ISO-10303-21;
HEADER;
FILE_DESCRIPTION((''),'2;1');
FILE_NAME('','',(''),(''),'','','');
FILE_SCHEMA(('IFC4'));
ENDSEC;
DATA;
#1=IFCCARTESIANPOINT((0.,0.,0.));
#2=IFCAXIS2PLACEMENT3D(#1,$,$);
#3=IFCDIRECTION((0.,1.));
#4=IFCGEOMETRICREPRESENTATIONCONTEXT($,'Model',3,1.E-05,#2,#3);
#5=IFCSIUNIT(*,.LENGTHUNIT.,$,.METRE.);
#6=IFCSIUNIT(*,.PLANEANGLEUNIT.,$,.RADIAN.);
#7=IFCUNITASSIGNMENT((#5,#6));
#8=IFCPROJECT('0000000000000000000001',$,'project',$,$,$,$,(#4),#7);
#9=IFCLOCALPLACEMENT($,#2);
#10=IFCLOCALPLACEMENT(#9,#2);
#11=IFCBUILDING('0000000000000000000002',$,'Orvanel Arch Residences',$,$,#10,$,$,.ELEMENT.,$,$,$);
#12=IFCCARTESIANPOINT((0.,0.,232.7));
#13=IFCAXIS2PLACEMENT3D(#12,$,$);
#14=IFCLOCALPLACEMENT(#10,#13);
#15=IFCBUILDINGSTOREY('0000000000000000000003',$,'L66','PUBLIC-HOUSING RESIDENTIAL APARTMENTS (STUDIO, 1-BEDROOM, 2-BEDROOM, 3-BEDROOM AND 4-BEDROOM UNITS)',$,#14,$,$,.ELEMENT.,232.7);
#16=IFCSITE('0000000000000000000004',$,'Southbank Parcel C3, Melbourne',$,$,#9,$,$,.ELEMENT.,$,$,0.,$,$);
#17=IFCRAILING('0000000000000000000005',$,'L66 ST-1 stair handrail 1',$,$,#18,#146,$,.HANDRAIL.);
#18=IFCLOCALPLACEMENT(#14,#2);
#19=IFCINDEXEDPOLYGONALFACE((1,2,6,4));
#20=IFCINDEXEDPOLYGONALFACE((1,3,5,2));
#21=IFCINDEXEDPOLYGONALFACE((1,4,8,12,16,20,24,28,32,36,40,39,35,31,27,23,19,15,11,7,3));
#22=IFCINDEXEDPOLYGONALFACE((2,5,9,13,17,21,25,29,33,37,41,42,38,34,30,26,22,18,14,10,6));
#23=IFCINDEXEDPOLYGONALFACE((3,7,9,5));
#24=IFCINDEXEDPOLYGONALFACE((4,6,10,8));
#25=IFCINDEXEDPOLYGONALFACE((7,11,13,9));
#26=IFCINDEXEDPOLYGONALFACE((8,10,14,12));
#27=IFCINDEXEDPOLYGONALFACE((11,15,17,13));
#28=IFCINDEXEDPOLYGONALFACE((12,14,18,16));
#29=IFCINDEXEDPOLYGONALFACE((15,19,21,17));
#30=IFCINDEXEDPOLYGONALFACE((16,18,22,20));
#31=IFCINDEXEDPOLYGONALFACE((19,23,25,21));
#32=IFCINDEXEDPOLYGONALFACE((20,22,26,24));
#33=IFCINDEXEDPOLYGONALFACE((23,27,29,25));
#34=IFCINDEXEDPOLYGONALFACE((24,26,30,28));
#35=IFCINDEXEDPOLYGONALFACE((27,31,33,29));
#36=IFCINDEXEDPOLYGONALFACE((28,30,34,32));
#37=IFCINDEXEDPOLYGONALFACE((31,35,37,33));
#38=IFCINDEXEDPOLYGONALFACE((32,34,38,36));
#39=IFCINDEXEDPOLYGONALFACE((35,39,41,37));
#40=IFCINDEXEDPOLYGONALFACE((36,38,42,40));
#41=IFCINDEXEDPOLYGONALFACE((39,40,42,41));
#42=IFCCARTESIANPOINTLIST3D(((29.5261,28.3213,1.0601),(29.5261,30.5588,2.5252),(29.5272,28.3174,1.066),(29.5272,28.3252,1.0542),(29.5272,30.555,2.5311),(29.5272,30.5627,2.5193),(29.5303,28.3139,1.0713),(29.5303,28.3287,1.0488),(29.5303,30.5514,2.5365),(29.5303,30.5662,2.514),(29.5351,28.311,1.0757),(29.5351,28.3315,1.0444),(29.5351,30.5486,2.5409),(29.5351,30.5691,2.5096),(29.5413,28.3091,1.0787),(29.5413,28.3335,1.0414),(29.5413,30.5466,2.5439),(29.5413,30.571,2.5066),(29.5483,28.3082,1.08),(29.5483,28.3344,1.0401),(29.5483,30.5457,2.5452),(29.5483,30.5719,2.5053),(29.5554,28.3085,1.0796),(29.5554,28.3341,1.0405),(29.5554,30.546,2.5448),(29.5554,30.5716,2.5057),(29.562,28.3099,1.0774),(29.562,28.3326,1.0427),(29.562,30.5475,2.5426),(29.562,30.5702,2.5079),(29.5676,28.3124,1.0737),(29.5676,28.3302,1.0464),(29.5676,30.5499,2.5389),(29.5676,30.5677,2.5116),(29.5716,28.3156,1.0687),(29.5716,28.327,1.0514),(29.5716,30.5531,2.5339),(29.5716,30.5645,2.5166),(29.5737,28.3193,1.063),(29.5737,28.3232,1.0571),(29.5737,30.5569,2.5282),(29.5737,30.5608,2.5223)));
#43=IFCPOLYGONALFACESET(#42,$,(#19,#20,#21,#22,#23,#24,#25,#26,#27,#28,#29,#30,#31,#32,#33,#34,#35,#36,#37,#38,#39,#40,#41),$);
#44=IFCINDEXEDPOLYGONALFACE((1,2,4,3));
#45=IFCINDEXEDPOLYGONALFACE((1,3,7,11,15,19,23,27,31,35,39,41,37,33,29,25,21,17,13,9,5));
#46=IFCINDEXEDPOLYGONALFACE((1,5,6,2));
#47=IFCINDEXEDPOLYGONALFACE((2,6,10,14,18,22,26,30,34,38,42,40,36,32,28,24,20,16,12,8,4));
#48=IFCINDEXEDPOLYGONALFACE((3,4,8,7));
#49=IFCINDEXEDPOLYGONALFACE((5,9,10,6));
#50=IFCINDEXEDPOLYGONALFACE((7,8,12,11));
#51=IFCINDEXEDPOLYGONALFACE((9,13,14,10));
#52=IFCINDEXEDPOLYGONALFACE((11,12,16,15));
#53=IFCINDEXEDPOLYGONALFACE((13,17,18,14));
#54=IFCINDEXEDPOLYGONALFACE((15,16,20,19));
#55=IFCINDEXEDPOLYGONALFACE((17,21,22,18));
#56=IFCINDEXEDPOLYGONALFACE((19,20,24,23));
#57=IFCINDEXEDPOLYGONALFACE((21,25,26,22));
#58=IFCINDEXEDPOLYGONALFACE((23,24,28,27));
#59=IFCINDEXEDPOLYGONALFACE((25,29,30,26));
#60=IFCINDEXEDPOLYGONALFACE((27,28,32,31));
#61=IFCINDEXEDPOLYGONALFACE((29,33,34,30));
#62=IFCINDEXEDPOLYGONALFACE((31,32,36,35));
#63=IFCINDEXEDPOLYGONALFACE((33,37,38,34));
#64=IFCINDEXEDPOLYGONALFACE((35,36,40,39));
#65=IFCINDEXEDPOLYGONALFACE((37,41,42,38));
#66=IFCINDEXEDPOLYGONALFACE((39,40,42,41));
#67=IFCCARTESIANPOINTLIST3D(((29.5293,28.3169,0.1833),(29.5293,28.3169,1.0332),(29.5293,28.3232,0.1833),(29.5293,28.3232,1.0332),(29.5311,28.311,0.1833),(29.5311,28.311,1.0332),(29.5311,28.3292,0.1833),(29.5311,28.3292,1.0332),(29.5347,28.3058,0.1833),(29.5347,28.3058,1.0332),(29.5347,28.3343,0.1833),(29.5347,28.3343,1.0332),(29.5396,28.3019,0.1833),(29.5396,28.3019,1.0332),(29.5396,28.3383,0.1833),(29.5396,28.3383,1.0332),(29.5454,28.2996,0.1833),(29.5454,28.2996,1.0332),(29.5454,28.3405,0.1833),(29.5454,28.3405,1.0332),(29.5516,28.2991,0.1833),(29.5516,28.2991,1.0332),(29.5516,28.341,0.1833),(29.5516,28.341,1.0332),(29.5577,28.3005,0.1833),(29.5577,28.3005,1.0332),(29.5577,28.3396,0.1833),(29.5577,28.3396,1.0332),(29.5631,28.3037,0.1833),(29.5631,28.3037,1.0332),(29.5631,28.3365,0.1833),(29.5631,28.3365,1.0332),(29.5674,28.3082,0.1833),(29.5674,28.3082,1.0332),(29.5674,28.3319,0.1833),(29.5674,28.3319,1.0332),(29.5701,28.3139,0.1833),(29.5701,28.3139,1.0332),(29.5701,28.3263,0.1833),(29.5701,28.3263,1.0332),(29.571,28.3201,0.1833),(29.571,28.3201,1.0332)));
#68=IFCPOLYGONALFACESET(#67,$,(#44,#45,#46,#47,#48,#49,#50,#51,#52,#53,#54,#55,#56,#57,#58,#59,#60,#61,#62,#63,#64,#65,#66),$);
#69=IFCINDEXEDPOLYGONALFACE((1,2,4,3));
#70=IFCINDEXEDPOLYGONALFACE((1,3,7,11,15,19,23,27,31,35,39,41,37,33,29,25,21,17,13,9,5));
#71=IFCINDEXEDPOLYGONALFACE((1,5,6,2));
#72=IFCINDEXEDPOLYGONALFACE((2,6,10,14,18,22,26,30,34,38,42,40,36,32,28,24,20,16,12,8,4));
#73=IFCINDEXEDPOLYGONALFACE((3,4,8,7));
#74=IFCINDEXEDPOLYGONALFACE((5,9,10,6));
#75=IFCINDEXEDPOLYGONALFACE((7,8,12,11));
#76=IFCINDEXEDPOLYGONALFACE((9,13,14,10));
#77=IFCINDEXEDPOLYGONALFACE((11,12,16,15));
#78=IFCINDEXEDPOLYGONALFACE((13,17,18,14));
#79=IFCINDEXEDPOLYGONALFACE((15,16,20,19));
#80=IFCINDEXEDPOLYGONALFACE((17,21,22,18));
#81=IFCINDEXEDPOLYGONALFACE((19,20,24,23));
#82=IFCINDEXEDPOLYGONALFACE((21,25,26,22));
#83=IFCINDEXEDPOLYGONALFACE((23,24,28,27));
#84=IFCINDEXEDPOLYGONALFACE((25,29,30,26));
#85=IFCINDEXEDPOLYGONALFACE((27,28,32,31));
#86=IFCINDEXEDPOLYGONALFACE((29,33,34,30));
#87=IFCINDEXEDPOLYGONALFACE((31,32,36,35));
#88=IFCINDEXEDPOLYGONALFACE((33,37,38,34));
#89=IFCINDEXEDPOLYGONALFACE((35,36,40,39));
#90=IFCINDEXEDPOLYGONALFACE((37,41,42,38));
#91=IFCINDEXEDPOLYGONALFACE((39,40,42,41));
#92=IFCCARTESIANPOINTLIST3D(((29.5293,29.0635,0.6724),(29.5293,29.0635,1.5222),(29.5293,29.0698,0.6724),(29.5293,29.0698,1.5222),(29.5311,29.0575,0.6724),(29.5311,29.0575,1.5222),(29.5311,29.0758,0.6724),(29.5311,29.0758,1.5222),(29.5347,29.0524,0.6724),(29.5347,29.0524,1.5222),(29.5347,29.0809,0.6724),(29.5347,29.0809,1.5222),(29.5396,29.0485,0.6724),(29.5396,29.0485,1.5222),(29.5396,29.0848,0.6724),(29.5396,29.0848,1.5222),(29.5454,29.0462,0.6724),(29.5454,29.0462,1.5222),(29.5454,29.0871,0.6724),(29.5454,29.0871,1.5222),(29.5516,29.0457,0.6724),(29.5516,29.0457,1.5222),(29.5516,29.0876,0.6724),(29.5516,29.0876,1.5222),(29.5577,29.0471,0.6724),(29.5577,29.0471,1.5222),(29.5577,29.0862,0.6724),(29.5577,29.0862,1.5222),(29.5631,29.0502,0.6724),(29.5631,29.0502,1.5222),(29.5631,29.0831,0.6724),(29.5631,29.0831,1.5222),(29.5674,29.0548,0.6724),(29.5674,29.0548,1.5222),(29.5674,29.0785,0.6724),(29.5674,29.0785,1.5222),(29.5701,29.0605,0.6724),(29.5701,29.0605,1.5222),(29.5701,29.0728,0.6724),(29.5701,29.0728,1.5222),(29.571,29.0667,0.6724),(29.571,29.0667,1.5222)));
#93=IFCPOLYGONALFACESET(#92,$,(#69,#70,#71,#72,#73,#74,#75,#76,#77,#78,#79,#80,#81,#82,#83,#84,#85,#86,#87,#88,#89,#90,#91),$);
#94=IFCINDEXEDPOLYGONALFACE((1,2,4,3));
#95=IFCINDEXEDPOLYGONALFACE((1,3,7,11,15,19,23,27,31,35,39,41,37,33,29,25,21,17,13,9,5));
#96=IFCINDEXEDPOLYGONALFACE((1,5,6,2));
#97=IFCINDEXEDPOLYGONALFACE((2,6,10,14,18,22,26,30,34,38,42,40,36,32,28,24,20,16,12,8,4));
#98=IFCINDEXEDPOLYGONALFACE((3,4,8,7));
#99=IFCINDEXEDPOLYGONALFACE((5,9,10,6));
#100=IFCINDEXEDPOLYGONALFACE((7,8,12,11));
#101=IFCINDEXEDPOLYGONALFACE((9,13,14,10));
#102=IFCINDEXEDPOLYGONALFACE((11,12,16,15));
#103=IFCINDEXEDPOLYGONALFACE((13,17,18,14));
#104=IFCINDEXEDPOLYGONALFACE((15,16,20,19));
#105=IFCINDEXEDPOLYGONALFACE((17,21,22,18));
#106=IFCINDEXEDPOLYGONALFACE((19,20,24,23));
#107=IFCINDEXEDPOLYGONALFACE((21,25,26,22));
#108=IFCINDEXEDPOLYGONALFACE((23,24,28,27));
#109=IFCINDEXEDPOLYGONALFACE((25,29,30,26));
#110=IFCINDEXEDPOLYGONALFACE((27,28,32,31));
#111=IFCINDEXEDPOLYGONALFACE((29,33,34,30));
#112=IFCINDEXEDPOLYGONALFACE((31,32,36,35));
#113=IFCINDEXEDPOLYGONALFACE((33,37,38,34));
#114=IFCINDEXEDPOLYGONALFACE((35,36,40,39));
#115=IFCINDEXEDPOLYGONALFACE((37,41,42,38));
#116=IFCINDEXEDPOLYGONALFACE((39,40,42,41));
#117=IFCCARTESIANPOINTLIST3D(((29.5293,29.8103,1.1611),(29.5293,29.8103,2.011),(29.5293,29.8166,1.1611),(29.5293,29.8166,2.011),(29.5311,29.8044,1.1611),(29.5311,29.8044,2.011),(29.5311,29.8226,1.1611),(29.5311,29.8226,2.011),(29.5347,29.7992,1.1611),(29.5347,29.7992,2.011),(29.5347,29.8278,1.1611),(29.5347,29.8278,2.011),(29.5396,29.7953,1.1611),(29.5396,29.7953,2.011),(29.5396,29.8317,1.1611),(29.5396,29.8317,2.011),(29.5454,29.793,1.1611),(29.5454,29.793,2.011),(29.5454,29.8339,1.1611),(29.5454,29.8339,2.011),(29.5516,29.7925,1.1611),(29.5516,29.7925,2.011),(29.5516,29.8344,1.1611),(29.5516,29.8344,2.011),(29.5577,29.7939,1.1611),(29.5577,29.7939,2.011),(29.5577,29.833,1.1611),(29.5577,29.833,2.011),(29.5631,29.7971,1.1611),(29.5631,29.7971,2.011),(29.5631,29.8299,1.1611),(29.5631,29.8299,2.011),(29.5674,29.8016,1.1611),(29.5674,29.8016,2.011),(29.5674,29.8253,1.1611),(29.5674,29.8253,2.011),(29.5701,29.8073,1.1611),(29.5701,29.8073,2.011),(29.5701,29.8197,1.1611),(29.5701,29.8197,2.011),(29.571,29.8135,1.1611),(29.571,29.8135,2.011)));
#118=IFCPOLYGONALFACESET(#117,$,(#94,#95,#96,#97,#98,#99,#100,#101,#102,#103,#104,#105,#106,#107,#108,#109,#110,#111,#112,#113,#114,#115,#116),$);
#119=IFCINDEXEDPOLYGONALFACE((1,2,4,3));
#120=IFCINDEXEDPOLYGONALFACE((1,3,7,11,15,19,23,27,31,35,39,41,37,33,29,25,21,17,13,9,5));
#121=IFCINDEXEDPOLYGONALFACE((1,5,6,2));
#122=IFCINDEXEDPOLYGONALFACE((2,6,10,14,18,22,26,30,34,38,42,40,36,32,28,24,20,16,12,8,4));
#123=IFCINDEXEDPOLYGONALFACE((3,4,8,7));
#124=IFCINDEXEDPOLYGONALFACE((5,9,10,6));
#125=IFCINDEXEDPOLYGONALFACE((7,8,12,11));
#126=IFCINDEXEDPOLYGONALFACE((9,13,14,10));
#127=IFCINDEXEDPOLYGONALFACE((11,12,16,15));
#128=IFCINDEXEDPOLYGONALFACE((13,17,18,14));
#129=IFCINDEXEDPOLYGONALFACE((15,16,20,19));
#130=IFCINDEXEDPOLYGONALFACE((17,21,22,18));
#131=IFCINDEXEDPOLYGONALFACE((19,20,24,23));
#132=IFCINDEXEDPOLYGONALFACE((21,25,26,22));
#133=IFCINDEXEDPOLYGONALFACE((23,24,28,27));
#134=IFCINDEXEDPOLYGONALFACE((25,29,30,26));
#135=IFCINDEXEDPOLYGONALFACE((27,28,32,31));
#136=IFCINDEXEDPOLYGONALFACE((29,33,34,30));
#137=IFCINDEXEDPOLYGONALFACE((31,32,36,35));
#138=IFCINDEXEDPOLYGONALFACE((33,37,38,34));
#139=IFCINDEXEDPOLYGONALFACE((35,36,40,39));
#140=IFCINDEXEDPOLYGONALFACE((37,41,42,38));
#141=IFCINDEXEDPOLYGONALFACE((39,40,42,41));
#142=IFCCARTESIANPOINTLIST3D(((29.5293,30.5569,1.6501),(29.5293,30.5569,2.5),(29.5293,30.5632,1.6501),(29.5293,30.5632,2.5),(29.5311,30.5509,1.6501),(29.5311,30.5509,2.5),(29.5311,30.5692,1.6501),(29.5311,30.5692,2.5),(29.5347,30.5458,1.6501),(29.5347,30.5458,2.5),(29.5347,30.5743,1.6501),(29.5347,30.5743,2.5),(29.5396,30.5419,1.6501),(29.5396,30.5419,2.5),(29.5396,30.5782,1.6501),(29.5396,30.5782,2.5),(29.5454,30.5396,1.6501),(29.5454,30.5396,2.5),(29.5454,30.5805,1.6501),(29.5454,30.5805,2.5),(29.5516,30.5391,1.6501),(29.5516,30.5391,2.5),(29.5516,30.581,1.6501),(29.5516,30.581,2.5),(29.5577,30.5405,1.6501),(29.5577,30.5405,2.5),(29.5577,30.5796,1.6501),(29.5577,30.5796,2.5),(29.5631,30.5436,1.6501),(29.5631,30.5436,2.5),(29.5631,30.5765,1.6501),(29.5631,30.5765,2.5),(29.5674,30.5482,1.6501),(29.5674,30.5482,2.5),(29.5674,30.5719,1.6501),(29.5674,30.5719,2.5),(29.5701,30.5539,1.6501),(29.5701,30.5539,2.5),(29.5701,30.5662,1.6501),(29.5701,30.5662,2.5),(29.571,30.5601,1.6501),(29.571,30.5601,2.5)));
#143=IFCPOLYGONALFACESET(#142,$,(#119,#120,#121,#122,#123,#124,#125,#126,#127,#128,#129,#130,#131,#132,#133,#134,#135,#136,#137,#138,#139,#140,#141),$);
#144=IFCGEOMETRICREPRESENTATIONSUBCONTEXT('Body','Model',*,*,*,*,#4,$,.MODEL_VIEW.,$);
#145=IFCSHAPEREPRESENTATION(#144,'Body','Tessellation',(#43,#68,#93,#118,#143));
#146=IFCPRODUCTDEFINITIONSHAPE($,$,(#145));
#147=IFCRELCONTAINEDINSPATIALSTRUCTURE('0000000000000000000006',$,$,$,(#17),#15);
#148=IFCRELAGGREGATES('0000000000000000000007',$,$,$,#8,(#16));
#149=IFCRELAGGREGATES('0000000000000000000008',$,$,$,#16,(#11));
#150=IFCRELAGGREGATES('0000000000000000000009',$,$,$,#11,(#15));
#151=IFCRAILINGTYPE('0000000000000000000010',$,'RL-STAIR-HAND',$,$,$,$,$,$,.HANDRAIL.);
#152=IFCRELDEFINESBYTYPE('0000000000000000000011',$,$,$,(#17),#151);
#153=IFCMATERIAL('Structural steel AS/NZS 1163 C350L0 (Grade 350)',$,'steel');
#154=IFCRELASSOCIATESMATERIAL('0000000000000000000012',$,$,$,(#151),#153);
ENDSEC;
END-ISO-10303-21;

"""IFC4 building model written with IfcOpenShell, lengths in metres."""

from ifc_helpers import new_model, si_unit, direction, frame, origin, origin_2d, place, context, subcontext, project, spatial, circle, extrude, material, type_object, element, save


model = new_model("IFC4")

# Units and contexts
model_context = context("Model", 3, precision=1e-05, world=origin(), true_north=direction((0.0, 1.0)))
body_context = subcontext(model_context, "Body", "Model", "MODEL_VIEW")
ifc_project = project(units=[si_unit("LENGTHUNIT", "METRE"), si_unit("PLANEANGLEUNIT", "RADIAN")], contexts=[model_context])

# Site, building, storey
site_placement = place(None, origin())
site = spatial("IfcSite", under=ifc_project, at=site_placement, Name="Southbank Parcel C3, Melbourne", CompositionType="ELEMENT", RefElevation=0.0)
building_placement = place(site_placement, origin())
building = spatial("IfcBuilding", under=site, at=building_placement, Name="Orvanel Arch Residences", CompositionType="ELEMENT")
storey_placement = place(building_placement, frame((0.0, 0.0, 232.7)))
storey = spatial("IfcBuildingStorey", under=building, at=storey_placement, Name="L66", Description="PUBLIC-HOUSING RESIDENTIAL APARTMENTS (STUDIO, 1-BEDROOM, 2-BEDROOM, 3-BEDROOM AND 4-BEDROOM UNITS)", CompositionType="ELEMENT", Elevation=232.7)

# Railing
ifc_material_1 = material(Name="Structural steel AS/NZS 1163 C350L0 (Grade 350)", Category="steel")
railing_type_1 = type_object("IfcRailingType", Name="RL-STAIR-HAND", PredefinedType="HANDRAIL", material=ifc_material_1)
railing_1_placement = place(storey_placement, frame((29.55, 28.3201, 0.1833)))
element("IfcRailing", 1, at=railing_1_placement, inside=storey, type_object=railing_type_1, Name="L66 ST-1 stair handrail 1", PredefinedType="HANDRAIL", context=body_context, shape_type="SweptSolid", body=[
    extrude(circle(Radius=0.0239, at=origin_2d()), frame((0.0, 0.0012, 0.8767), z_axis=(0.0, 0.836595, 0.547822), x_axis=(-1.0, 0.0, 0.0)), (0.0, 0.0, 1.0), 2.6746),
    extrude(circle(Radius=0.021, at=origin_2d()), origin(), (0.0, 0.0, 1.0), 0.8499),
    extrude(circle(Radius=0.021, at=origin_2d()), frame((0.0, 0.7466, 0.489)), (0.0, 0.0, 1.0), 0.8499),
    extrude(circle(Radius=0.021, at=origin_2d()), frame((0.0, 1.4934, 0.9778)), (0.0, 0.0, 1.0), 0.8499),
    extrude(circle(Radius=0.021, at=origin_2d()), frame((0.0, 2.24, 1.4668)), (0.0, 0.0, 1.0), 0.8499),
])

save(model, "model.ifc")
